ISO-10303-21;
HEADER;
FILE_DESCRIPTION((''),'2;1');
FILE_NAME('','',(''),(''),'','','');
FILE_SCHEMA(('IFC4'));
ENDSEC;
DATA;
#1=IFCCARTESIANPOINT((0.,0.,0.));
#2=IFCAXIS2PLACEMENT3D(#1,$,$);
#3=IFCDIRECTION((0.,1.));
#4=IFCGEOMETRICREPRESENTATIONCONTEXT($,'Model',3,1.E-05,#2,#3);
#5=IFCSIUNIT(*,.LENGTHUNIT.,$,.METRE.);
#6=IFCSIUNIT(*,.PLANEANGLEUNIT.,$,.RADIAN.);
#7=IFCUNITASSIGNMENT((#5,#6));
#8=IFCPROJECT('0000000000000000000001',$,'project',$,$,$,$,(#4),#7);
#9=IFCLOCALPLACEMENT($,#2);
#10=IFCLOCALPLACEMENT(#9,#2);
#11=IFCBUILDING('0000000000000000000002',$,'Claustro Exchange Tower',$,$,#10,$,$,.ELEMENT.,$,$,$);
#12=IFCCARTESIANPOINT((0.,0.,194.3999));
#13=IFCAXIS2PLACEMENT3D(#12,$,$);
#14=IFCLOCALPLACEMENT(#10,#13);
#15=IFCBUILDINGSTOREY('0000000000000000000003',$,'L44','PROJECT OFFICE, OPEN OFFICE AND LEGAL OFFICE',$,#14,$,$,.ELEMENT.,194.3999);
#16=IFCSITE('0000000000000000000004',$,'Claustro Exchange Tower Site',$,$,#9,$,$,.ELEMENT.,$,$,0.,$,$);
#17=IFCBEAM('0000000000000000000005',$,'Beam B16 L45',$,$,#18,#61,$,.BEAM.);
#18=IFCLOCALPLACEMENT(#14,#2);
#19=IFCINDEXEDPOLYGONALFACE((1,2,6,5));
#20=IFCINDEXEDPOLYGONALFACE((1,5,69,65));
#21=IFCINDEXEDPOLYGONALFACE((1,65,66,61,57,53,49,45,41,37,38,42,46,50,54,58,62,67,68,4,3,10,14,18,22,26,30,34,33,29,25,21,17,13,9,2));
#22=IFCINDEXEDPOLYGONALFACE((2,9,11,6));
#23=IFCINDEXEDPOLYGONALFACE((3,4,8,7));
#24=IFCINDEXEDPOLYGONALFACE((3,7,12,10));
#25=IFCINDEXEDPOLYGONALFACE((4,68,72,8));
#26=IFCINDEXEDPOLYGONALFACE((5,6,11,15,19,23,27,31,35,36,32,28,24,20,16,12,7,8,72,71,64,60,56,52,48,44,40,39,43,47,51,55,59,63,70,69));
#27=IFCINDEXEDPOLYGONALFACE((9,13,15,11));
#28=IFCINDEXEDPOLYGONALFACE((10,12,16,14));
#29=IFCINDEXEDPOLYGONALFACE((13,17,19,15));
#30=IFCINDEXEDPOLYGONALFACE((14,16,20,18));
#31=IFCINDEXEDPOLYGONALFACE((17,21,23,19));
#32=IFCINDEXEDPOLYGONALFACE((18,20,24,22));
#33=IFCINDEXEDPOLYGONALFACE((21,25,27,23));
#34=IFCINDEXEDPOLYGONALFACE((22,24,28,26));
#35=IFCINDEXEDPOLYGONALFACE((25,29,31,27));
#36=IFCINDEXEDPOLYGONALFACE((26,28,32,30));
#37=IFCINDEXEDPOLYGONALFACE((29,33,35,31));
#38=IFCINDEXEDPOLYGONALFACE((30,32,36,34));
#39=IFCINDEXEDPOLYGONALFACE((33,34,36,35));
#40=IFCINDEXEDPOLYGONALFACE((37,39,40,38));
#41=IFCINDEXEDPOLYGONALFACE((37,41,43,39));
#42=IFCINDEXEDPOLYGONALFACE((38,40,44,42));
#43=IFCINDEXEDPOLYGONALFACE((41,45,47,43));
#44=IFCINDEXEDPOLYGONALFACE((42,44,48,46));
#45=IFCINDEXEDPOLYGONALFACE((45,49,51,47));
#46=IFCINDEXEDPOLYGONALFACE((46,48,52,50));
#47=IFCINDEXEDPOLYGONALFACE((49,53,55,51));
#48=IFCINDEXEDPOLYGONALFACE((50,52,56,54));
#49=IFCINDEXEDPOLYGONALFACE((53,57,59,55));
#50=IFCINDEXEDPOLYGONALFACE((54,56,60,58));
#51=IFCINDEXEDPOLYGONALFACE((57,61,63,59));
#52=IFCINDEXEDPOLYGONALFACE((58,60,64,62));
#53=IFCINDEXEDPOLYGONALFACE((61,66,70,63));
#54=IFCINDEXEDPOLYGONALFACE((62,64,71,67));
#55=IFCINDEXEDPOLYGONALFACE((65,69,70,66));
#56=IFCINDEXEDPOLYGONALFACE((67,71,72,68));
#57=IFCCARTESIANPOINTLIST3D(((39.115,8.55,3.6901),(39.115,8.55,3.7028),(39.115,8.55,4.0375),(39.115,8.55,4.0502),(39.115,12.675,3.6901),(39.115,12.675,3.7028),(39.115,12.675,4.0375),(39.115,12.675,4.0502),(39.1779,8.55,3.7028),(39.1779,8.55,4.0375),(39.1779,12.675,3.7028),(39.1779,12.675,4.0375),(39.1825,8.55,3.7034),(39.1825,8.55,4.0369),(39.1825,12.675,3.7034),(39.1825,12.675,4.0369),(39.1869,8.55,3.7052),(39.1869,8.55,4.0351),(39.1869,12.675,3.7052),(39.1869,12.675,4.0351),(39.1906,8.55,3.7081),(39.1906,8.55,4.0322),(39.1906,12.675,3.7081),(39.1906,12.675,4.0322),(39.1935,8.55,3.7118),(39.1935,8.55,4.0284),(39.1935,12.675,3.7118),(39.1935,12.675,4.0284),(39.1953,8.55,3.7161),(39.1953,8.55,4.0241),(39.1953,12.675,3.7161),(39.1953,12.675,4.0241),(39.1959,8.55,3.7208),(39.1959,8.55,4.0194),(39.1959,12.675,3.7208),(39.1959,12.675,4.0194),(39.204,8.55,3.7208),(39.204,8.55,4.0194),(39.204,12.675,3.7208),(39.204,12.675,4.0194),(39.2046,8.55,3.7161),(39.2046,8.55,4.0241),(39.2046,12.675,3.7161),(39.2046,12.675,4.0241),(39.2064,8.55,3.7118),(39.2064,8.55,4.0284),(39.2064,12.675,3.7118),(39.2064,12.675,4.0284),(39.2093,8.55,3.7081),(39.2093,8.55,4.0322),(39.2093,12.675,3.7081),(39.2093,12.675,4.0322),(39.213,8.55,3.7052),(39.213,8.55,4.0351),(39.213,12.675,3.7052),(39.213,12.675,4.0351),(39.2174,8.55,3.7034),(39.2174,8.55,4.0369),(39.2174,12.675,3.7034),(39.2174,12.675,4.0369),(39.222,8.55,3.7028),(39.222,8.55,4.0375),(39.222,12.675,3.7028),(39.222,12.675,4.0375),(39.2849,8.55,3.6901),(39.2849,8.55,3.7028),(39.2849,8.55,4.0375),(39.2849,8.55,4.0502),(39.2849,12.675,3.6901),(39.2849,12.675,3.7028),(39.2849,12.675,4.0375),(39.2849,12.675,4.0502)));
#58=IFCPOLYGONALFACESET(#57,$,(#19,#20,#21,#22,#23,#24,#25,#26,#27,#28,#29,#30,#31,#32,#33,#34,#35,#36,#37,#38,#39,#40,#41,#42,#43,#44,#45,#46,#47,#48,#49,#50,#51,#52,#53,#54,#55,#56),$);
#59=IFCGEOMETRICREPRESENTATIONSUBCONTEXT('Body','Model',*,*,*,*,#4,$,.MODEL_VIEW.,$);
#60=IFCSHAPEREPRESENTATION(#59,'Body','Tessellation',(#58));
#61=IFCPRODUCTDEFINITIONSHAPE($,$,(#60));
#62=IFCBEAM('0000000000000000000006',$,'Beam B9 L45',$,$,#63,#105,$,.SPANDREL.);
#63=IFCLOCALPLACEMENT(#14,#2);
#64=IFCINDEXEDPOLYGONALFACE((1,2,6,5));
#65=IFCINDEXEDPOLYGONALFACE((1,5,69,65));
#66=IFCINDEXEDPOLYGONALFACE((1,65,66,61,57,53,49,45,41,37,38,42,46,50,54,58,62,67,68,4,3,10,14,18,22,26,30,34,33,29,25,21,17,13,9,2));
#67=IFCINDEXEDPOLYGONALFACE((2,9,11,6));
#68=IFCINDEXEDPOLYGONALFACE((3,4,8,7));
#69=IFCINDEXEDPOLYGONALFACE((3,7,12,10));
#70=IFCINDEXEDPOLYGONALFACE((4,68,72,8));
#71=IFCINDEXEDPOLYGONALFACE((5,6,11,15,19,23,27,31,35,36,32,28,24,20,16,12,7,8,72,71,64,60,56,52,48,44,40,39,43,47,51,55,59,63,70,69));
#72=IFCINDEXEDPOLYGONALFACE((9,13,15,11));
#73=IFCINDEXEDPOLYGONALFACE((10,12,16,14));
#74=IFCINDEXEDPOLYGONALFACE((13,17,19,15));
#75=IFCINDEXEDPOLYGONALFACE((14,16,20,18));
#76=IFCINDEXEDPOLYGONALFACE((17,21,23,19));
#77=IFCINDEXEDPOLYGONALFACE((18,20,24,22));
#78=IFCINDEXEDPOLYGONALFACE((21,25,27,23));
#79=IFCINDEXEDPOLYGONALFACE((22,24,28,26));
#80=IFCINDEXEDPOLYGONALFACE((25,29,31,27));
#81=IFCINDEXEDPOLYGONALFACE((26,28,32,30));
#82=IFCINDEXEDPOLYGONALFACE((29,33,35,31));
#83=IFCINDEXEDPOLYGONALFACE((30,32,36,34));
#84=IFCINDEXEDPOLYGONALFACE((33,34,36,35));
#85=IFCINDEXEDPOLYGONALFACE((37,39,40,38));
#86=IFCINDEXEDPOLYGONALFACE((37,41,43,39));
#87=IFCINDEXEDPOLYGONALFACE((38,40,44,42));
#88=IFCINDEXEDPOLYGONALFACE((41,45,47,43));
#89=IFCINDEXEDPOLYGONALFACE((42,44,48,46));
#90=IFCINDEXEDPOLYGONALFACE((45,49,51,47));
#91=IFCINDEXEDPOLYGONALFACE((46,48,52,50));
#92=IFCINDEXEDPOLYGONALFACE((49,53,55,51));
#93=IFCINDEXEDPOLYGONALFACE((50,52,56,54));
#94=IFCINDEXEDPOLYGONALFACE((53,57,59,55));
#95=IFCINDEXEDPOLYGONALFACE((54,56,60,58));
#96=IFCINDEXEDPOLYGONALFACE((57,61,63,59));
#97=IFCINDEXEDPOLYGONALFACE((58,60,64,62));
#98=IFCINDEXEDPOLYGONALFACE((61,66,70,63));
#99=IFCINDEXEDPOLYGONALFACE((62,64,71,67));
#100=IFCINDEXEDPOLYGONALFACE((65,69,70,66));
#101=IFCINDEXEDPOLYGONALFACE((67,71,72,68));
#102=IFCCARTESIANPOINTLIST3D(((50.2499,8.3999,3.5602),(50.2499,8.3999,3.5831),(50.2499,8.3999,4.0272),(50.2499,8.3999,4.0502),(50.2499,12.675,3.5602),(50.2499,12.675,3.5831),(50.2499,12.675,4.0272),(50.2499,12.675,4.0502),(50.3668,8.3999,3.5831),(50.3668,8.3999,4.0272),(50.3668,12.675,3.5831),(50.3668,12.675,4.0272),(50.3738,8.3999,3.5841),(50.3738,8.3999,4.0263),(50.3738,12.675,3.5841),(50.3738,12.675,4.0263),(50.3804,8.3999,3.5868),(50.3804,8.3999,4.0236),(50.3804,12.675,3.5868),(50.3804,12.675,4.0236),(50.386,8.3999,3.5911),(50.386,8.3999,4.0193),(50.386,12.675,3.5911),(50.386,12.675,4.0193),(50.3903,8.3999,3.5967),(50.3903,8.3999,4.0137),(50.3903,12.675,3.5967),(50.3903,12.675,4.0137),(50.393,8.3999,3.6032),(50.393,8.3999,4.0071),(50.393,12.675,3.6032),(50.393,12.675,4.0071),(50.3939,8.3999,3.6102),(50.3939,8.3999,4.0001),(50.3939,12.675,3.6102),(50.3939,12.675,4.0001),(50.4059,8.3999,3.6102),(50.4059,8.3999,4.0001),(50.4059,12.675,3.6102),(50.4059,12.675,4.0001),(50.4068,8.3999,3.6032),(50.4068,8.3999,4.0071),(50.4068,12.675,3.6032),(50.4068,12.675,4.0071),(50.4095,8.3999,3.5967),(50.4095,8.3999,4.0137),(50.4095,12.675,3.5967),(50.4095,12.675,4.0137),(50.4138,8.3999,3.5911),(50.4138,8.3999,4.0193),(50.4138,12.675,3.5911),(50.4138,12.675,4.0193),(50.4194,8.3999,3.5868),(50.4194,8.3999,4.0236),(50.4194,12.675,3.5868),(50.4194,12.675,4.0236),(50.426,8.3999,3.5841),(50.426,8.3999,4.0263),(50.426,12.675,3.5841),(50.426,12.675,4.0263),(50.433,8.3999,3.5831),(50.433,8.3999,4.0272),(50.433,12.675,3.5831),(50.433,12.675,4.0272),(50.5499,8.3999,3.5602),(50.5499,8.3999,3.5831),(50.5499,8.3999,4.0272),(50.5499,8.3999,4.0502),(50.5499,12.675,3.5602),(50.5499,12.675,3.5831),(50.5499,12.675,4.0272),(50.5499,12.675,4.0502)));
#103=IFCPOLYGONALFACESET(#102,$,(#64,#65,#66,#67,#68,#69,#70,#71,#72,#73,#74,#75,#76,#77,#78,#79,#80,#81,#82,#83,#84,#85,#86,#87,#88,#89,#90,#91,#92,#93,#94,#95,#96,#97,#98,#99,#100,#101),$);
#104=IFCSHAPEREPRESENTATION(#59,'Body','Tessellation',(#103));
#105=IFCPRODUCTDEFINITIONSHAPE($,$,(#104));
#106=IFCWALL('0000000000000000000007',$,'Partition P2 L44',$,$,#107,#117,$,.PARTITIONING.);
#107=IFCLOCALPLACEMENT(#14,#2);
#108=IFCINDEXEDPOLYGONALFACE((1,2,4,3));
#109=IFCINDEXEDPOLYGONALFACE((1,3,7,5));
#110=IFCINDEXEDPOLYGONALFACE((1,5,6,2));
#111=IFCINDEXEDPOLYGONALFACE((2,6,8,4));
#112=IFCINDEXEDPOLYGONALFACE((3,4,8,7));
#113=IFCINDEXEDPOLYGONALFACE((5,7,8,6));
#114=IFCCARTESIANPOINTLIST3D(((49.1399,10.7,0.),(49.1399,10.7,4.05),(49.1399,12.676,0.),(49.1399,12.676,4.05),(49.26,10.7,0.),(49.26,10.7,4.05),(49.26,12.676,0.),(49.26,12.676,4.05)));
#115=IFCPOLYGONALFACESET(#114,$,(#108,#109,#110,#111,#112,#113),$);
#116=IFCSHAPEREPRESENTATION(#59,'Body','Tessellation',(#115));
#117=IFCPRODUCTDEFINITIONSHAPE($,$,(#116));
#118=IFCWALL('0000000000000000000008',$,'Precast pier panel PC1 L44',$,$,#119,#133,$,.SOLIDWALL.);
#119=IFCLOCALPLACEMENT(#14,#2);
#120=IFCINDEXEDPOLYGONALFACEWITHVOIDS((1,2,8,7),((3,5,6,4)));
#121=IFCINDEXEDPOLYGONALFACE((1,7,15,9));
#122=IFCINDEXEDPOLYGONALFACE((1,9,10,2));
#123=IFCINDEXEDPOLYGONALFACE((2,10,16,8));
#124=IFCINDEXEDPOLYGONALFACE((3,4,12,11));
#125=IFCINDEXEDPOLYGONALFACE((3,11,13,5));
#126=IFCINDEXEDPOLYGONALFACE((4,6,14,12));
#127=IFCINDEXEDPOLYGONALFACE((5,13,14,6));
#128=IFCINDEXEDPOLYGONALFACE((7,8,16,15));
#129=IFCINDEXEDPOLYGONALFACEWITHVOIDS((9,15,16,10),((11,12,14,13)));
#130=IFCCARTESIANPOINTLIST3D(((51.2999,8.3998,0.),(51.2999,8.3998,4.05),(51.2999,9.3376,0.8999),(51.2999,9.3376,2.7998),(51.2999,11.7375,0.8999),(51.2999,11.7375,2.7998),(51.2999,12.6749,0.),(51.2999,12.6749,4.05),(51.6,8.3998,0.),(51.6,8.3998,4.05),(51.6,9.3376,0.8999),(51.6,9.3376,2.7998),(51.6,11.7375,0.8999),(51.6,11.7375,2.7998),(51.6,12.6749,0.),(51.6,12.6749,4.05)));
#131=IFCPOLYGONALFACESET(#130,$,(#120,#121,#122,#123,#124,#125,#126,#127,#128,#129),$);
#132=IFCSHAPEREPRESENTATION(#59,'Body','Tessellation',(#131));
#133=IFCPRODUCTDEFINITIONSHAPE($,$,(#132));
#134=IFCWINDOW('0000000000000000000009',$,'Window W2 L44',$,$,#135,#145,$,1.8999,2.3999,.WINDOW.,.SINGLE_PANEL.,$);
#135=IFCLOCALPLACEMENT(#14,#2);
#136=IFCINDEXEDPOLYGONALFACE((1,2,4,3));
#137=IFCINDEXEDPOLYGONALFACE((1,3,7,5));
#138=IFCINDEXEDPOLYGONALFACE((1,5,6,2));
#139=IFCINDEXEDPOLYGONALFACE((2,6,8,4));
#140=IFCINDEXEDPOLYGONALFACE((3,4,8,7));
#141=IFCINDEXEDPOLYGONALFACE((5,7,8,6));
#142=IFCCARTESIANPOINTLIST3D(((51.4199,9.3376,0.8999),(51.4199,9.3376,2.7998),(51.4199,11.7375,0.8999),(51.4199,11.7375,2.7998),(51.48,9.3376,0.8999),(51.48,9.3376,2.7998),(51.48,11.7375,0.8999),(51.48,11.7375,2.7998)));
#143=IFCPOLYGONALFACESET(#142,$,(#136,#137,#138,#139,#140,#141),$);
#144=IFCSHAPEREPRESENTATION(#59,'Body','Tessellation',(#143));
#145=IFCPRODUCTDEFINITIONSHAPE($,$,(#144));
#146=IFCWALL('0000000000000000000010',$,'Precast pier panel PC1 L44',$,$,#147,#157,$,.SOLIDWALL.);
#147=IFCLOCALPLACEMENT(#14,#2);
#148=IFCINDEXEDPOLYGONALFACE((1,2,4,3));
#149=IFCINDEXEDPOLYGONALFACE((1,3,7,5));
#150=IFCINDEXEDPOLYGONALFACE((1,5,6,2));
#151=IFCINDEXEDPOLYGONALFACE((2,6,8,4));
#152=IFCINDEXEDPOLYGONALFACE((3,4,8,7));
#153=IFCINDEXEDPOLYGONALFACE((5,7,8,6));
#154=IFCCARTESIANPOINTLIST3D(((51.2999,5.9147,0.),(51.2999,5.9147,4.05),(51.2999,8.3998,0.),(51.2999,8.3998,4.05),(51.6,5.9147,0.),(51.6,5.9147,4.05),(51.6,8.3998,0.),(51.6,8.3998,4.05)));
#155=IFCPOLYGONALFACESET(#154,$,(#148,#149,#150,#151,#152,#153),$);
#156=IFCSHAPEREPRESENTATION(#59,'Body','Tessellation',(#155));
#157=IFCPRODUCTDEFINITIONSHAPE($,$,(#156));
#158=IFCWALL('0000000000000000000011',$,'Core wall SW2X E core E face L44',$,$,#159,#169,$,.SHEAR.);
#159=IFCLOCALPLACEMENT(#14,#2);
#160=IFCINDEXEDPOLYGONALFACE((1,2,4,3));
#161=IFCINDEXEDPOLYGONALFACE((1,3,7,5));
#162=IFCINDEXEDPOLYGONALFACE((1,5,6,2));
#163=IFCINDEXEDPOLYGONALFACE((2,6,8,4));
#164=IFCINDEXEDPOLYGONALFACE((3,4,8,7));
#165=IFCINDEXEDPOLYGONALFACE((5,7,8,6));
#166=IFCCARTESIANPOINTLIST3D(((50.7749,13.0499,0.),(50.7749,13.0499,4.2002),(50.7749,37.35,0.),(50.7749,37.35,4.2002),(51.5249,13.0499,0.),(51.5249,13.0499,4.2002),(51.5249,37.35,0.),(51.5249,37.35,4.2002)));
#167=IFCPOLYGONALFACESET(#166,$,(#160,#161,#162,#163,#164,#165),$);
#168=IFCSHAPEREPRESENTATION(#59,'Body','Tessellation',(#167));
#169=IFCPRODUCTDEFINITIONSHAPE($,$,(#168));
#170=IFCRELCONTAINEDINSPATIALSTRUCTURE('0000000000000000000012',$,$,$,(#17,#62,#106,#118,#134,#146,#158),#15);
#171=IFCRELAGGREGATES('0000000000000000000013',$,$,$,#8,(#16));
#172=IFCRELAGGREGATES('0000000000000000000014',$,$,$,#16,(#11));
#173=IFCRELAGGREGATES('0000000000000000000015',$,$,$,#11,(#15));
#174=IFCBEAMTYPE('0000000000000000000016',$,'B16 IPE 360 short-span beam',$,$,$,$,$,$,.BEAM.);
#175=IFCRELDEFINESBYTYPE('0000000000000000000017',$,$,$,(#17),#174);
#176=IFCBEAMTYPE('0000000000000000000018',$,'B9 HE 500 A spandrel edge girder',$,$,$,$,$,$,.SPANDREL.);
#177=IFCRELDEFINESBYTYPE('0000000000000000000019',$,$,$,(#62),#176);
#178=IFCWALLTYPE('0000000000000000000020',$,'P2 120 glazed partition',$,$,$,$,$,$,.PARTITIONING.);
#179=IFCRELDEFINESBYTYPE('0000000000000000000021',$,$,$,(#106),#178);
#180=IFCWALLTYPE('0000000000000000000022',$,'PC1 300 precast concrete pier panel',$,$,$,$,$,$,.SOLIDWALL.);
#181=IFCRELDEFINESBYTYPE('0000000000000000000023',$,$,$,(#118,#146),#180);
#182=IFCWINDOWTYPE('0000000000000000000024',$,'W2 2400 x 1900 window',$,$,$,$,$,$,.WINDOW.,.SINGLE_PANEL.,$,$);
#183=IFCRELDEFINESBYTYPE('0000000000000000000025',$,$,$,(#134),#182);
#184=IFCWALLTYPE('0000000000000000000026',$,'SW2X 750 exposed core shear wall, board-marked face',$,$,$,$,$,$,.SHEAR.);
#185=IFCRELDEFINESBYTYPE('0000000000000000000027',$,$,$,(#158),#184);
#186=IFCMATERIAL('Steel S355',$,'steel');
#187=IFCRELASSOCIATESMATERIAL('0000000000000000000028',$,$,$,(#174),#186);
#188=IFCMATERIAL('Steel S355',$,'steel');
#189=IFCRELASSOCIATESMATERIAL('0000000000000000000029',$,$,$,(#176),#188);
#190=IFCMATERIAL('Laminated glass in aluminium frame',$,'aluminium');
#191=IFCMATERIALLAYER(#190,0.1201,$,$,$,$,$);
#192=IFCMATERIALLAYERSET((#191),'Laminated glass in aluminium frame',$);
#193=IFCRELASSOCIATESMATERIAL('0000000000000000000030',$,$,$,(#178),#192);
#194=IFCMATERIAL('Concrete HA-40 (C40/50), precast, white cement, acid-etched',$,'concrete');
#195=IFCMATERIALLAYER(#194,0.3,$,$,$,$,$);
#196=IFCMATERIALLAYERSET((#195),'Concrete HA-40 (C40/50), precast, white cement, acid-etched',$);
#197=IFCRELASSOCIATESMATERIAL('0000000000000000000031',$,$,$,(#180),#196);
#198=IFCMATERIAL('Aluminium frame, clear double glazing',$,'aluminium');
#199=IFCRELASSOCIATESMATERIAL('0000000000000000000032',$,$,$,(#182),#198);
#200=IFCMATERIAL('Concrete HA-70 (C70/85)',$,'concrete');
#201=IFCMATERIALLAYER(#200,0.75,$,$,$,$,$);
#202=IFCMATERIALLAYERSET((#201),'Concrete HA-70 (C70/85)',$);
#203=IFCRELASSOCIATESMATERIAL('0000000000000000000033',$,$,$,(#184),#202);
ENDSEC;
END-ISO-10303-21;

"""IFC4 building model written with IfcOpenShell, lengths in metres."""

from ifc_helpers import new_model, si_unit, direction, frame, frame_2d, origin, origin_2d, place, context, subcontext, project, spatial, rectangle, i_section, extrude, material, layer, layer_set, material_profile, profile_set, type_object, element, fill, save


model = new_model("IFC4")

# Units and contexts
model_context = context("Model", 3, precision=1e-05, world=origin(), true_north=direction((0.0, 1.0)))
body_context = subcontext(model_context, "Body", "Model", "MODEL_VIEW")
ifc_project = project(units=[si_unit("LENGTHUNIT", "METRE"), si_unit("PLANEANGLEUNIT", "RADIAN")], contexts=[model_context])

# Site, building, storey
site_placement = place(None, origin())
site = spatial("IfcSite", under=ifc_project, at=site_placement, Name="Claustro Exchange Tower Site", CompositionType="ELEMENT", RefElevation=0.0)
building_placement = place(site_placement, origin())
building = spatial("IfcBuilding", under=site, at=building_placement, Name="Claustro Exchange Tower", CompositionType="ELEMENT")
storey_placement = place(building_placement, frame((0.0, 0.0, 194.3999)))
storey = spatial("IfcBuildingStorey", under=building, at=storey_placement, Name="L44", Description="PROJECT OFFICE, OPEN OFFICE AND LEGAL OFFICE", CompositionType="ELEMENT", Elevation=194.3999)

# Beams
ifc_material_1 = material(Name="Steel S355", Category="steel")
ifc_material_profile_1 = material_profile(ifc_material_1, i_section(OverallWidth=0.1699, OverallDepth=0.3601, WebThickness=0.0081, FlangeThickness=0.0127, FilletRadius=0.0181, at=origin_2d()), Name="IPE 360")
ifc_profile_set_1 = profile_set([ifc_material_profile_1], Name="Steel S355")
beam_type_1 = type_object("IfcBeamType", Name="B16 IPE 360 short-span beam", PredefinedType="BEAM", material=ifc_profile_set_1)
beam_1_placement = place(storey_placement, frame((39.2, 8.55, 3.8701), z_axis=(0.0, 1.0, 0.0), x_axis=(-1.0, 0.0, 0.0)))
element("IfcBeam", 1, at=beam_1_placement, inside=storey, type_object=beam_type_1, Name="Beam B16 L45", PredefinedType="BEAM", context=body_context, shape_type="SweptSolid", body=[
    extrude(i_section(OverallWidth=0.1699, OverallDepth=0.3601, WebThickness=0.0081, FlangeThickness=0.0127, FilletRadius=0.0181, at=origin_2d()), origin(), (0.0, 0.0, 1.0), 4.125),
])
ifc_material_2 = material(Name="Steel S355", Category="steel")
ifc_material_profile_2 = material_profile(ifc_material_2, i_section(OverallWidth=0.3, OverallDepth=0.49, WebThickness=0.012, FlangeThickness=0.0229, FilletRadius=0.0271, at=origin_2d()), Name="HE 500 A")
ifc_profile_set_2 = profile_set([ifc_material_profile_2], Name="Steel S355")
beam_type_2 = type_object("IfcBeamType", Name="B9 HE 500 A spandrel edge girder", PredefinedType="SPANDREL", material=ifc_profile_set_2)
beam_2_placement = place(storey_placement, frame((50.3999, 8.3999, 3.8052), z_axis=(0.0, 1.0, 0.0), x_axis=(-1.0, 0.0, 0.0)))
element("IfcBeam", 2, at=beam_2_placement, inside=storey, type_object=beam_type_2, Name="Beam B9 L45", PredefinedType="SPANDREL", context=body_context, shape_type="SweptSolid", body=[
    extrude(i_section(OverallWidth=0.3, OverallDepth=0.49, WebThickness=0.012, FlangeThickness=0.0229, FilletRadius=0.0271, at=origin_2d()), origin(), (0.0, 0.0, 1.0), 4.2751),
])

# Wall
ifc_material_3 = material(Name="Laminated glass in aluminium frame", Category="aluminium")
ifc_layer_1 = layer(ifc_material_3, 0.1201)
ifc_layer_set_1 = layer_set([ifc_layer_1], Name="Laminated glass in aluminium frame")
wall_type_1 = type_object("IfcWallType", Name="P2 120 glazed partition", PredefinedType="PARTITIONING", material=ifc_layer_set_1)
wall_1_placement = place(storey_placement, frame((49.2, 10.7, 0.0), z_axis=(0.0, 0.0, 1.0), x_axis=(0.0, 1.0, 0.0)))
element("IfcWall", 3, at=wall_1_placement, inside=storey, type_object=wall_type_1, Name="Partition P2 L44", PredefinedType="PARTITIONING", context=body_context, shape_type="SweptSolid", body=[
    extrude(rectangle(XDim=1.9761, YDim=0.1201, at=frame_2d((0.988, 0.0))), origin(), (0.0, 0.0, 1.0), 4.05),
])

# Wall, opening, window
ifc_material_4 = material(Name="Concrete HA-40 (C40/50), precast, white cement, acid-etched", Category="concrete")
ifc_layer_2 = layer(ifc_material_4, 0.3)
ifc_layer_set_2 = layer_set([ifc_layer_2], Name="Concrete HA-40 (C40/50), precast, white cement, acid-etched")
wall_type_2 = type_object("IfcWallType", Name="PC1 300 precast concrete pier panel", PredefinedType="SOLIDWALL", material=ifc_layer_set_2)
wall_2_placement = place(storey_placement, frame((51.45, 12.675, 0.0), z_axis=(0.0, 0.0, 1.0), x_axis=(0.0, -1.0, 0.0)))
wall_2 = element("IfcWall", 4, at=wall_2_placement, inside=storey, type_object=wall_type_2, Name="Precast pier panel PC1 L44", PredefinedType="SOLIDWALL", context=body_context, shape_type="SweptSolid", body=[
    extrude(rectangle(XDim=4.2751, YDim=0.3, at=frame_2d((2.1377, 0.0))), origin(), (0.0, 0.0, 1.0), 4.05),
])
opening_1_placement = place(wall_2_placement, frame((0.9375, 0.0, 0.8999)))
opening_1 = element("IfcOpeningElement", 5, at=opening_1_placement, cuts=wall_2, PredefinedType="OPENING", context=body_context, shape_type="SweptSolid", body=[
    extrude(rectangle(XDim=2.3999, YDim=1.8999, at=frame_2d((1.2, 0.95))), frame((0.0, 0.1599, 0.0), z_axis=(0.0, -1.0, 0.0), x_axis=(1.0, 0.0, 0.0)), (0.0, 0.0, 1.0), 0.3201),
])
ifc_material_5 = material(Name="Aluminium frame, clear double glazing", Category="aluminium")
window_type = type_object("IfcWindowType", Name="W2 2400 x 1900 window", PartitioningType="SINGLE_PANEL", PredefinedType="WINDOW", material=ifc_material_5)
window_placement = place(opening_1_placement, origin())
window = element("IfcWindow", 6, at=window_placement, inside=storey, type_object=window_type, Name="Window W2 L44", OverallHeight=1.8999, OverallWidth=2.3999, PartitioningType="SINGLE_PANEL", PredefinedType="WINDOW", context=body_context, shape_type="SweptSolid", body=[
    extrude(rectangle(XDim=2.3999, YDim=1.8999, at=frame_2d((1.2, 0.95))), frame((0.0, 0.03, 0.0), z_axis=(0.0, -1.0, 0.0), x_axis=(1.0, 0.0, 0.0)), (0.0, 0.0, 1.0), 0.0601),
])
fill(opening_1, window)

# Walls
wall_3_placement = place(storey_placement, frame((51.45, 8.3999, 0.0), z_axis=(0.0, 0.0, 1.0), x_axis=(0.0, -1.0, 0.0)))
element("IfcWall", 7, at=wall_3_placement, inside=storey, type_object=wall_type_2, Name="Precast pier panel PC1 L44", PredefinedType="SOLIDWALL", context=body_context, shape_type="SweptSolid", body=[
    extrude(rectangle(XDim=2.4851, YDim=0.3, at=frame_2d((1.2427, 0.0))), origin(), (0.0, 0.0, 1.0), 4.05),
])
ifc_material_6 = material(Name="Concrete HA-70 (C70/85)", Category="concrete")
ifc_layer_3 = layer(ifc_material_6, 0.75)
ifc_layer_set_3 = layer_set([ifc_layer_3], Name="Concrete HA-70 (C70/85)")
wall_type_3 = type_object("IfcWallType", Name="SW2X 750 exposed core shear wall, board-marked face", PredefinedType="SHEAR", material=ifc_layer_set_3)
wall_4_placement = place(storey_placement, frame((51.1499, 13.05, 0.0), z_axis=(0.0, 0.0, 1.0), x_axis=(0.0, 1.0, 0.0)))
element("IfcWall", 8, at=wall_4_placement, inside=storey, type_object=wall_type_3, Name="Core wall SW2X E core E face L44", PredefinedType="SHEAR", context=body_context, shape_type="SweptSolid", body=[
    extrude(rectangle(XDim=24.3, YDim=0.75, at=frame_2d((12.1499, 0.0))), origin(), (0.0, 0.0, 1.0), 4.2002),
])

save(model, "model.ifc")
